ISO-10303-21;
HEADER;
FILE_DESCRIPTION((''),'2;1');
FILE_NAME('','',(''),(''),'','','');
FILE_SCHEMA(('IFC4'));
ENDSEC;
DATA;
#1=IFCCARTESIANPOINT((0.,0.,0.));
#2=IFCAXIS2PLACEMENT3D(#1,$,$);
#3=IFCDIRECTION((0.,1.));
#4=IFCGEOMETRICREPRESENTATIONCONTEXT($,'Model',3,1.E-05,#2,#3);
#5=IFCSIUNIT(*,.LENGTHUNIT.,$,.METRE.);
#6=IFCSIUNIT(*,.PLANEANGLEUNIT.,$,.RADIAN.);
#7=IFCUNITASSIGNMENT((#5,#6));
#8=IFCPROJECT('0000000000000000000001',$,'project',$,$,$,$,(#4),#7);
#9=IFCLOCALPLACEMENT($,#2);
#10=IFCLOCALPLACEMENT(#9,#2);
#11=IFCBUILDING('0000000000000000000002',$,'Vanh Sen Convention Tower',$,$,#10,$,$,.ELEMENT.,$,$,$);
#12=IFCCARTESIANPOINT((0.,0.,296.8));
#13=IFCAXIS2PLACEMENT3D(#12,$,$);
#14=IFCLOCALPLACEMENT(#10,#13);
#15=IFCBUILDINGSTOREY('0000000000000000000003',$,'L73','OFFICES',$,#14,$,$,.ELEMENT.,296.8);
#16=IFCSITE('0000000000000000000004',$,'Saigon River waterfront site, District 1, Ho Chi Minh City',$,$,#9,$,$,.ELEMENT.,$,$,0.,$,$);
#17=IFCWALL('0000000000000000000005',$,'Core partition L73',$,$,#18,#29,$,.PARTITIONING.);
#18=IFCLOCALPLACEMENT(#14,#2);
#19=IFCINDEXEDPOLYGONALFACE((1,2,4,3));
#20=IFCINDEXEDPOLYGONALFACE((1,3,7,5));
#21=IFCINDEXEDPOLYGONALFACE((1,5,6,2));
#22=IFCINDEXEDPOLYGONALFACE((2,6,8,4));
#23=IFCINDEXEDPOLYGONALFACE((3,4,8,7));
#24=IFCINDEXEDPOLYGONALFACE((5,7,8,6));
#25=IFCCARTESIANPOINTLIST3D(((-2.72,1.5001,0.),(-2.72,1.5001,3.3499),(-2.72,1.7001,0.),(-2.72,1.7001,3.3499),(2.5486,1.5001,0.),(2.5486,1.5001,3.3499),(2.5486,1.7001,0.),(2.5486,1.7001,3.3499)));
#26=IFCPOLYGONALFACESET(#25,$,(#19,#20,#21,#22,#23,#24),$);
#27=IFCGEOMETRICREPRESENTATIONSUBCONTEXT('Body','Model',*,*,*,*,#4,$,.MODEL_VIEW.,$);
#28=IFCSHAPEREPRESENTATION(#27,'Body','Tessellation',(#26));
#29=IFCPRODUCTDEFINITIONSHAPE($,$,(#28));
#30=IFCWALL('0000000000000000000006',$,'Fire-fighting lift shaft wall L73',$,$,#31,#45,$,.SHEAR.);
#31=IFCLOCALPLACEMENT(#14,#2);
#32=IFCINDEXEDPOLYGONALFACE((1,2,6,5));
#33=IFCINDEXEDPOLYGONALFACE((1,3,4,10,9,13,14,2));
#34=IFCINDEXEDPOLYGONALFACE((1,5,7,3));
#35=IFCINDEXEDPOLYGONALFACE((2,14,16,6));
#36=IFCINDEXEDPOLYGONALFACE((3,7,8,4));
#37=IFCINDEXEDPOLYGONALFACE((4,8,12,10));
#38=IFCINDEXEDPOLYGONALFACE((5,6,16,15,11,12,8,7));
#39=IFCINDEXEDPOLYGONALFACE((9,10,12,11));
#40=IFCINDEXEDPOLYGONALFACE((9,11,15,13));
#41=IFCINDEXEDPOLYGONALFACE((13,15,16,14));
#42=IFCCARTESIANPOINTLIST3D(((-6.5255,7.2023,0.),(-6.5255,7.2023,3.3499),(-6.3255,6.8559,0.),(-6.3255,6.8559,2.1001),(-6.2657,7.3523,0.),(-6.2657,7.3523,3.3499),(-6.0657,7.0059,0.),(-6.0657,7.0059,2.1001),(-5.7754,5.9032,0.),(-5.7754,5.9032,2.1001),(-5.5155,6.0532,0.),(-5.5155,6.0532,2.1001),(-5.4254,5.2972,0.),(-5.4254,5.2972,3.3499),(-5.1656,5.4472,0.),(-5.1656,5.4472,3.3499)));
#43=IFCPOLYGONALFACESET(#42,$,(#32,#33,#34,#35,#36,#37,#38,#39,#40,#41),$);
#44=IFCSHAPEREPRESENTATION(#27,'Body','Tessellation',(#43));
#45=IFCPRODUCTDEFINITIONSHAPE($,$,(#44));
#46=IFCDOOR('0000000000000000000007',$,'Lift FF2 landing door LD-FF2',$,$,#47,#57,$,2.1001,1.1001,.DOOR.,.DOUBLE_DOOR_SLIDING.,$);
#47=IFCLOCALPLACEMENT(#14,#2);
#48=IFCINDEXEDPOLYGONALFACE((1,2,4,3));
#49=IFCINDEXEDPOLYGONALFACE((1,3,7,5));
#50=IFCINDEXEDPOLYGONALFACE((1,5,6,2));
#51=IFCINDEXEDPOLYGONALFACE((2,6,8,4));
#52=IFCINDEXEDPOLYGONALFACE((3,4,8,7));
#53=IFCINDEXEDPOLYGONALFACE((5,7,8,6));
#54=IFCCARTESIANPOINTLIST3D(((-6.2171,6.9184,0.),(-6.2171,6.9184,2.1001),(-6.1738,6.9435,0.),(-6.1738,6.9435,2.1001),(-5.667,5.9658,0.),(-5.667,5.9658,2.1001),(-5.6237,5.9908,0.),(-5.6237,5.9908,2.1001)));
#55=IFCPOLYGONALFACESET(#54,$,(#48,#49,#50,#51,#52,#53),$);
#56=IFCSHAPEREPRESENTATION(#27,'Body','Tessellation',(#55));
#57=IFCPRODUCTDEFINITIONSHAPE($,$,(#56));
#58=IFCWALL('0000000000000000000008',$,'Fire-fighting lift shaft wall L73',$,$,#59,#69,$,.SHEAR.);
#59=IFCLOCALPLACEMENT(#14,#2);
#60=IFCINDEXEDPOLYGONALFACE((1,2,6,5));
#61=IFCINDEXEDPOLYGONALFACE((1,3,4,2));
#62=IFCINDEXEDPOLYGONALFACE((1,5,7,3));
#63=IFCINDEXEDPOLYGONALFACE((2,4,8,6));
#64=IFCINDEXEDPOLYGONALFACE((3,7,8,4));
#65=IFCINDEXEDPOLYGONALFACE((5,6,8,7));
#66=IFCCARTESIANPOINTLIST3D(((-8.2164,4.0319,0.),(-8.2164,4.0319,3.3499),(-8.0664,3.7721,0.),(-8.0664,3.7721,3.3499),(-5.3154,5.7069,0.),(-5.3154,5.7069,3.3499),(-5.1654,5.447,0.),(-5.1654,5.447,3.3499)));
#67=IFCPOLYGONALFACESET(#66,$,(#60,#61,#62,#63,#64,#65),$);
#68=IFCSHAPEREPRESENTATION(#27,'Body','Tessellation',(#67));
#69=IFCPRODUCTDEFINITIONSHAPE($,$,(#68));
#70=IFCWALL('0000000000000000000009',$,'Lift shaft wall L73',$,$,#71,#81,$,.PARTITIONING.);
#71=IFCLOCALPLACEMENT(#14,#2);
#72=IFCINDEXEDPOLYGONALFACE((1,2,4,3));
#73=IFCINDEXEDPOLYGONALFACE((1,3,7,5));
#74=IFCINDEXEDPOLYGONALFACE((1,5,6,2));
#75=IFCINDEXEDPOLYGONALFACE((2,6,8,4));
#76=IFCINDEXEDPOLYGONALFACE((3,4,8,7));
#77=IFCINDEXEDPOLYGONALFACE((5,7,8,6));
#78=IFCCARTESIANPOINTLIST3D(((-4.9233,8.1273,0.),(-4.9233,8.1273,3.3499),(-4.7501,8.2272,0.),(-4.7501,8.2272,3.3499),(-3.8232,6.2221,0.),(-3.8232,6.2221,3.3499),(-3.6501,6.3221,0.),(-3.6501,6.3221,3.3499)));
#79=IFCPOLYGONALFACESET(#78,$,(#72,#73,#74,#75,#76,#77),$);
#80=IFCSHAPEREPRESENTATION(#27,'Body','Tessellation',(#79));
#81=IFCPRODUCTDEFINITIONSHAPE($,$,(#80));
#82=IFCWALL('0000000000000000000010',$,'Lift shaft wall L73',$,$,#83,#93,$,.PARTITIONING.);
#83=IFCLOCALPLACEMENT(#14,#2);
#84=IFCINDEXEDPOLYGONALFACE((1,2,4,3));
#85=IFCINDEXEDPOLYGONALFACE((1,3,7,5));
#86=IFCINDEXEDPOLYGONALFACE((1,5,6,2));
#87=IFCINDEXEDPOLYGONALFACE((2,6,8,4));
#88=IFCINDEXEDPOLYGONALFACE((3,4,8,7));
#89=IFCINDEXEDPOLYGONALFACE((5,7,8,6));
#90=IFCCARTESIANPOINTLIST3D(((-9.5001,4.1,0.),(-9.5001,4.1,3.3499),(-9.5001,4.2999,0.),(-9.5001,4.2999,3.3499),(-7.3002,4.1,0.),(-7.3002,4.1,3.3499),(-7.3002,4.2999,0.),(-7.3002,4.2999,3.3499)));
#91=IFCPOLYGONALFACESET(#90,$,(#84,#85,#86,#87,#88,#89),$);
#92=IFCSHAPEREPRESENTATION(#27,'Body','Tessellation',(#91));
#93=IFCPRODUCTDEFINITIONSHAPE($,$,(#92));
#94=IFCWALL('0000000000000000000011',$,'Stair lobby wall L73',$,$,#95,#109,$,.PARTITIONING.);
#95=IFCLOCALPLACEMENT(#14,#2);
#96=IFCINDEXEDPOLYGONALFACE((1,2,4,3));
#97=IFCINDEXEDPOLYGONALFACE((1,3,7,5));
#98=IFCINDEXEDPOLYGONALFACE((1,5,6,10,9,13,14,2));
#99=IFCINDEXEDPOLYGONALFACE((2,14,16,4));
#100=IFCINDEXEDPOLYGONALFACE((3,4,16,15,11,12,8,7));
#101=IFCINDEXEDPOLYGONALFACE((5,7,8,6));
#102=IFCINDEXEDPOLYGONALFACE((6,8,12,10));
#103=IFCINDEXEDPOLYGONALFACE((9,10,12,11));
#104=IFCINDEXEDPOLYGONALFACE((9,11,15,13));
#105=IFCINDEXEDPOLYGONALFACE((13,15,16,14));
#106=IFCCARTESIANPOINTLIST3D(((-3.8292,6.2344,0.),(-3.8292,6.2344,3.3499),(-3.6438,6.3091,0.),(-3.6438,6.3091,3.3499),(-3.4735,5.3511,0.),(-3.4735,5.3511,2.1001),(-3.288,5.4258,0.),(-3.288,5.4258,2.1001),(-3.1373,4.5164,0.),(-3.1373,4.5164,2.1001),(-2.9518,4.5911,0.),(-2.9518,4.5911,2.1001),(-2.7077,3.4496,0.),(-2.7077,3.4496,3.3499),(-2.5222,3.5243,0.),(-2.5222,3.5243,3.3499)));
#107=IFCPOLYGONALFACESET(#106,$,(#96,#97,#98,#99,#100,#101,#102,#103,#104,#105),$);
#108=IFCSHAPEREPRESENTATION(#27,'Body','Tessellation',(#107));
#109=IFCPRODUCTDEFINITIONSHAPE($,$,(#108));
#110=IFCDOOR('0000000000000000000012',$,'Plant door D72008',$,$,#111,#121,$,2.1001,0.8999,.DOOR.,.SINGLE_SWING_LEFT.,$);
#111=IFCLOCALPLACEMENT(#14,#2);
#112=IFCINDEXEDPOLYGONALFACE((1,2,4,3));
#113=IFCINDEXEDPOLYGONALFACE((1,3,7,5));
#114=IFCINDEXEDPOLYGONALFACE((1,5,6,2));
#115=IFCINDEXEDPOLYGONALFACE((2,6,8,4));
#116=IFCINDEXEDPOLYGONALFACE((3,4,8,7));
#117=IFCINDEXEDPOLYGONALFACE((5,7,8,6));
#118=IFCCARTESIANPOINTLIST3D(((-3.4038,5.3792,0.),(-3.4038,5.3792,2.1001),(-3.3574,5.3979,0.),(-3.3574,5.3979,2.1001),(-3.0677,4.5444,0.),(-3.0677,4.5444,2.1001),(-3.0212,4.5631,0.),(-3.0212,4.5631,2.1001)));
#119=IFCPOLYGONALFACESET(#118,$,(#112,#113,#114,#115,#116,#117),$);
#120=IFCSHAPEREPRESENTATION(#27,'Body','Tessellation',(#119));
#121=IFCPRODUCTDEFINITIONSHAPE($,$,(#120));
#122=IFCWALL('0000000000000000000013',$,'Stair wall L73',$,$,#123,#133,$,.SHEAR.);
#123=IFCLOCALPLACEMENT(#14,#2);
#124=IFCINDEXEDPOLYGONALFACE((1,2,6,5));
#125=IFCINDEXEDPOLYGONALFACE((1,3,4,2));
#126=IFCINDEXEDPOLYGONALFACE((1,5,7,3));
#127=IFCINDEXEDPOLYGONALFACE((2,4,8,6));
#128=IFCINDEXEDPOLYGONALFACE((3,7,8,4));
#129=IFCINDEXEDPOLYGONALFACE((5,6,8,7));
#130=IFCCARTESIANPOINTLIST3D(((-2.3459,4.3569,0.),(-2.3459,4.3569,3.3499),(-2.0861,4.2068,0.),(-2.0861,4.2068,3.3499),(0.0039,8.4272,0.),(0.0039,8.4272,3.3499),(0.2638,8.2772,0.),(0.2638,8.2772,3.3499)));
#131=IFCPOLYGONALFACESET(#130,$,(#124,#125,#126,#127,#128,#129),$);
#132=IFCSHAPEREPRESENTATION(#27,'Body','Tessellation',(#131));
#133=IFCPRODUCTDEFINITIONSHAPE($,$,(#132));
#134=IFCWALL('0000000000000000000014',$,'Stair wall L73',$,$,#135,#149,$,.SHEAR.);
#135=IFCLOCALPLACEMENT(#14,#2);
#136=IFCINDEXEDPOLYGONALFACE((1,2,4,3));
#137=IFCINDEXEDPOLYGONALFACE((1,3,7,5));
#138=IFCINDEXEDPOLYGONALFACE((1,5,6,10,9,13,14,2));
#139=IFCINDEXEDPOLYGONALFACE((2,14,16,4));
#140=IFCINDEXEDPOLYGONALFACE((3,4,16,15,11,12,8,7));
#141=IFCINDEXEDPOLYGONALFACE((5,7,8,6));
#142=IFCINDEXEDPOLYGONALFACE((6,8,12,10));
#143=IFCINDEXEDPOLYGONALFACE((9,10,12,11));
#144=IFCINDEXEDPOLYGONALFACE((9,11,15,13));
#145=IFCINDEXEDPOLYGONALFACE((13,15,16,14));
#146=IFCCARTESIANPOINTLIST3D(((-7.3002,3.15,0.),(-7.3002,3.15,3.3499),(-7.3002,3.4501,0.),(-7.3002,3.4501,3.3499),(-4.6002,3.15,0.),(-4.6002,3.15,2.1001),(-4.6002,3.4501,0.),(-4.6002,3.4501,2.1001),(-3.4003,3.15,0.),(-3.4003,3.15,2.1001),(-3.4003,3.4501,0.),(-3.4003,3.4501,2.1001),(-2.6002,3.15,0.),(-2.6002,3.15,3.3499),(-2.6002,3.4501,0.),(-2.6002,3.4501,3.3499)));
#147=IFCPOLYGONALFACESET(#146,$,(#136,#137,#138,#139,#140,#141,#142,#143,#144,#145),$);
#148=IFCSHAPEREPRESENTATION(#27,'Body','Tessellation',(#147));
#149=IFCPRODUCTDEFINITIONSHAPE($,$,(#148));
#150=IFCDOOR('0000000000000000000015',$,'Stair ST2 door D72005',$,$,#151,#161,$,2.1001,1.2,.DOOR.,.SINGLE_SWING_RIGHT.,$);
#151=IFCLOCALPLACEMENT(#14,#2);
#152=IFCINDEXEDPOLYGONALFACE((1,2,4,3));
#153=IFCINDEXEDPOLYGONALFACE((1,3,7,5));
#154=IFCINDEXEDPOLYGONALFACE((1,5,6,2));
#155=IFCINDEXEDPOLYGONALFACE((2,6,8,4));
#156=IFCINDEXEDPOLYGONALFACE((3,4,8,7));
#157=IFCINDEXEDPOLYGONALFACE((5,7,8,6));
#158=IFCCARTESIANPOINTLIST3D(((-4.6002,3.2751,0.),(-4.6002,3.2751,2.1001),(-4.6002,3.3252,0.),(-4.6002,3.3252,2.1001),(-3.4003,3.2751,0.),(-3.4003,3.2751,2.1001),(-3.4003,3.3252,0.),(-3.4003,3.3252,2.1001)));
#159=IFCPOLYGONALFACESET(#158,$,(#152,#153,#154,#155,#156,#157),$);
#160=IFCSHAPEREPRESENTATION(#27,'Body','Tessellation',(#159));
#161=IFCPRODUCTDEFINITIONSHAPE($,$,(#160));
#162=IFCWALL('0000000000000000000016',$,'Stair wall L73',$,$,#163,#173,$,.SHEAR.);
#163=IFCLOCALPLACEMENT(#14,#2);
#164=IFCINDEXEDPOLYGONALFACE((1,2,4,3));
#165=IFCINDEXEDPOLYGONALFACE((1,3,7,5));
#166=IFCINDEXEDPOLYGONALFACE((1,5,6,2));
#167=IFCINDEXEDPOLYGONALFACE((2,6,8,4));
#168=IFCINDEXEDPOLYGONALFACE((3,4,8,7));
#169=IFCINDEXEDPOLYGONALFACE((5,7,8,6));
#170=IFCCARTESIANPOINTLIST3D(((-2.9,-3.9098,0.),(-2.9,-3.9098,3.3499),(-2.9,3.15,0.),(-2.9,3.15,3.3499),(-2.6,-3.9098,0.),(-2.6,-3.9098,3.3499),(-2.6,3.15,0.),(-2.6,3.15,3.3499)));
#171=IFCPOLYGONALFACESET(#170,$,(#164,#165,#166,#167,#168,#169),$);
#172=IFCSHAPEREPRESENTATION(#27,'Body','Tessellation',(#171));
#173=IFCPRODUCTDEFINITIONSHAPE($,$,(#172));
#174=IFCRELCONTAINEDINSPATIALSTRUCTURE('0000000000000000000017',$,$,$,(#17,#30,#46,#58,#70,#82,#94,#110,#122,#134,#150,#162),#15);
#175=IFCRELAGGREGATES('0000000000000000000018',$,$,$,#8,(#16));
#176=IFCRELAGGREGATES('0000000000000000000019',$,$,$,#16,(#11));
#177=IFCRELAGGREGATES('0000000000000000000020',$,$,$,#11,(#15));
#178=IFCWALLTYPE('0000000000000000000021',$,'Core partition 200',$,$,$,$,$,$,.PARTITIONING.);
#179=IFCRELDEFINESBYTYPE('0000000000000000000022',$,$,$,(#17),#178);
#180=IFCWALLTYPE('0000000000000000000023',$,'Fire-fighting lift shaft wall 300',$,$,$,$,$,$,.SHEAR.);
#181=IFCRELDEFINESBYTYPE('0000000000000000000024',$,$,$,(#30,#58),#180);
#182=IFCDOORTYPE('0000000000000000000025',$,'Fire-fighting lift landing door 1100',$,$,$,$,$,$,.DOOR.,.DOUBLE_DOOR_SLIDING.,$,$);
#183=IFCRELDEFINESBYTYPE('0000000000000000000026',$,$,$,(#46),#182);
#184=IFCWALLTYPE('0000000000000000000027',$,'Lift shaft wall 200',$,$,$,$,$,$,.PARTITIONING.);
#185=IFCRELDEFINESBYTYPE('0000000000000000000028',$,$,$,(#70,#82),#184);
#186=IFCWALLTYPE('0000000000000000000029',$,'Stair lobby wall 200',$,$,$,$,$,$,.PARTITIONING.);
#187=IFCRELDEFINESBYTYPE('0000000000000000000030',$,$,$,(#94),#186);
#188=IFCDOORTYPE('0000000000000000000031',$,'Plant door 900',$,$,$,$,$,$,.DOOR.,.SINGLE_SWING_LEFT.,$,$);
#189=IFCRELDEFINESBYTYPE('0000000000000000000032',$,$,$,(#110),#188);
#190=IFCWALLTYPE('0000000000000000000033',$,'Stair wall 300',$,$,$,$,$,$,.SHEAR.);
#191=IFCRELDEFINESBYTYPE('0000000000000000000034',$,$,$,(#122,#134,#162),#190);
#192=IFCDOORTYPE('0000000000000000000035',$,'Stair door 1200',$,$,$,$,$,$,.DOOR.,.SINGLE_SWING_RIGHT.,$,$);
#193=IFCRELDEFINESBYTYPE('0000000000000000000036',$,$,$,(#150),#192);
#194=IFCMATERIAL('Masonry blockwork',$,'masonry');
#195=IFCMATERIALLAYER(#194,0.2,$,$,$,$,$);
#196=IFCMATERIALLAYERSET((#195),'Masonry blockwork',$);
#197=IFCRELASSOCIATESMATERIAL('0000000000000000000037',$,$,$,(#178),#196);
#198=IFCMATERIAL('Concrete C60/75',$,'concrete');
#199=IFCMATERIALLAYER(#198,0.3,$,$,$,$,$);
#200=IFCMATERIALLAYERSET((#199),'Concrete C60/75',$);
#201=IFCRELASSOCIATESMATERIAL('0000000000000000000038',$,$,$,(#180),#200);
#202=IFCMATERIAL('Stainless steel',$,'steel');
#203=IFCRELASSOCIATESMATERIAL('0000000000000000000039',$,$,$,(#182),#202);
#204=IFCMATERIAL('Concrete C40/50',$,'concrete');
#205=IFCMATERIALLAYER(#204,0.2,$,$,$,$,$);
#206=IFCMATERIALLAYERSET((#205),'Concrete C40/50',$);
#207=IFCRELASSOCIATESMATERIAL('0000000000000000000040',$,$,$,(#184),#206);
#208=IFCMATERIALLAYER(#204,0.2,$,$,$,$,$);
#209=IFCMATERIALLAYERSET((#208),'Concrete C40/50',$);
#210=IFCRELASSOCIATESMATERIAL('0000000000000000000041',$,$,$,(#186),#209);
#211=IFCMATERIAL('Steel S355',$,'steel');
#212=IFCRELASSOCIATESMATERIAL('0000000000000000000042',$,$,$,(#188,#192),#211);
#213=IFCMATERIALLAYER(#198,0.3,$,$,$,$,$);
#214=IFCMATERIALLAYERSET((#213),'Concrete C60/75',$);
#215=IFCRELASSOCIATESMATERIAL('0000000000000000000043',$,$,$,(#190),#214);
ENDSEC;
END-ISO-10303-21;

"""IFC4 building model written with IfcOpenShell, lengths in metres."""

from ifc_helpers import new_model, si_unit, direction, frame, frame_2d, origin, place, context, subcontext, project, spatial, rectangle, extrude, material, layer, layer_set, type_object, element, fill, save


model = new_model("IFC4")

# Units and contexts
model_context = context("Model", 3, precision=1e-05, world=origin(), true_north=direction((0.0, 1.0)))
body_context = subcontext(model_context, "Body", "Model", "MODEL_VIEW")
ifc_project = project(units=[si_unit("LENGTHUNIT", "METRE"), si_unit("PLANEANGLEUNIT", "RADIAN")], contexts=[model_context])

# Site, building, storey
site_placement = place(None, origin())
site = spatial("IfcSite", under=ifc_project, at=site_placement, Name="Saigon River waterfront site, District 1, Ho Chi Minh City", CompositionType="ELEMENT", RefElevation=0.0)
building_placement = place(site_placement, origin())
building = spatial("IfcBuilding", under=site, at=building_placement, Name="Vanh Sen Convention Tower", CompositionType="ELEMENT")
storey_placement = place(building_placement, frame((0.0, 0.0, 296.8)))
storey = spatial("IfcBuildingStorey", under=building, at=storey_placement, Name="L73", Description="OFFICES", CompositionType="ELEMENT", Elevation=296.8)

# Wall
ifc_material_1 = material(Name="Masonry blockwork", Category="masonry")
ifc_layer_1 = layer(ifc_material_1, 0.2)
ifc_layer_set_1 = layer_set([ifc_layer_1], Name="Masonry blockwork")
wall_type_1 = type_object("IfcWallType", Name="Core partition 200", PredefinedType="PARTITIONING", material=ifc_layer_set_1)
wall_1_placement = place(storey_placement, frame((-2.72, 1.6001, 0.0), z_axis=(0.0, 0.0, 1.0), x_axis=(1.0, 0.0, 0.0)))
element("IfcWall", 1, at=wall_1_placement, inside=storey, type_object=wall_type_1, Name="Core partition L73", PredefinedType="PARTITIONING", context=body_context, shape_type="SweptSolid", body=[
    extrude(rectangle(XDim=5.2686, YDim=0.2, at=frame_2d((2.6343, 0.0))), origin(), (0.0, 0.0, 1.0), 3.3499),
])

# Wall, opening, door
ifc_material_2 = material(Name="Concrete C60/75", Category="concrete")
ifc_layer_2 = layer(ifc_material_2, 0.3)
ifc_layer_set_2 = layer_set([ifc_layer_2], Name="Concrete C60/75")
wall_type_2 = type_object("IfcWallType", Name="Fire-fighting lift shaft wall 300", PredefinedType="SHEAR", material=ifc_layer_set_2)
wall_2_placement = place(storey_placement, frame((-5.2954, 5.3721, 0.0), z_axis=(0.0, 0.0, 1.0), x_axis=(-0.500078, 0.86598, 0.0)))
wall_2 = element("IfcWall", 2, at=wall_2_placement, inside=storey, type_object=wall_type_2, Name="Fire-fighting lift shaft wall L73", PredefinedType="SHEAR", context=body_context, shape_type="SweptSolid", body=[
    extrude(rectangle(XDim=2.2, YDim=0.3, at=frame_2d((1.1001, 0.0))), origin(), (0.0, 0.0, 1.0), 3.3499),
])
opening_1_placement = place(wall_2_placement, frame((0.7, 0.0, 0.0)))
opening_1 = element("IfcOpeningElement", 3, at=opening_1_placement, cuts=wall_2, PredefinedType="OPENING", context=body_context, shape_type="SweptSolid", body=[
    extrude(rectangle(XDim=1.1001, YDim=2.1001, at=frame_2d((0.55, 1.05))), frame((0.0, 0.1599, 0.0), z_axis=(0.0, -1.0, 0.0), x_axis=(1.0, 0.0, 0.0)), (0.0, 0.0, 1.0), 0.3201),
])
ifc_material_3 = material(Name="Stainless steel", Category="steel")
door_type_1 = type_object("IfcDoorType", Name="Fire-fighting lift landing door 1100", OperationType="DOUBLE_DOOR_SLIDING", PredefinedType="DOOR", material=ifc_material_3)
door_1_placement = place(opening_1_placement, origin())
door_1 = element("IfcDoor", 4, at=door_1_placement, inside=storey, type_object=door_type_1, Name="Lift FF2 landing door LD-FF2", OperationType="DOUBLE_DOOR_SLIDING", OverallHeight=2.1001, OverallWidth=1.1001, PredefinedType="DOOR", context=body_context, shape_type="SweptSolid", body=[
    extrude(rectangle(XDim=1.1001, YDim=2.1001, at=frame_2d((0.55, 1.05))), frame((0.0, 0.0249, 0.0), z_axis=(0.0, -1.0, 0.0), x_axis=(1.0, 0.0, 0.0)), (0.0, 0.0, 1.0), 0.05),
])
fill(opening_1, door_1)

# Walls
wall_3_placement = place(storey_placement, frame((-5.2405, 5.5769, 0.0), z_axis=(0.0, 0.0, 1.0), x_axis=(-0.866014, -0.500019, 0.0)))
element("IfcWall", 5, at=wall_3_placement, inside=storey, type_object=wall_type_2, Name="Fire-fighting lift shaft wall L73", PredefinedType="SHEAR", context=body_context, shape_type="SweptSolid", body=[
    extrude(rectangle(XDim=3.3499, YDim=0.3, at=frame_2d((1.6748, 0.0))), origin(), (0.0, 0.0, 1.0), 3.3499),
])
ifc_material_4 = material(Name="Concrete C40/50", Category="concrete")
ifc_layer_3 = layer(ifc_material_4, 0.2)
ifc_layer_set_3 = layer_set([ifc_layer_3], Name="Concrete C40/50")
wall_type_3 = type_object("IfcWallType", Name="Lift shaft wall 200", PredefinedType="PARTITIONING", material=ifc_layer_set_3)
for number, where, z_axis, x_axis, name in (
    (6, (-3.7366, 6.272, 0.0), (0.0, 0.0, 1.0), (-0.50003, 0.866008, 0.0), "Lift shaft wall L73"),
    (7, (-7.3, 4.2, 0.0), (0.0, 0.0, 1.0), (-1.0, 0.0, 0.0), "Lift shaft wall L73"),
):
    element("IfcWall", number, at=place(storey_placement, frame(where, z_axis=z_axis, x_axis=x_axis)), inside=storey, type_object=wall_type_3, Name=name, PredefinedType="PARTITIONING", context=body_context, shape_type="SweptSolid", body=[
        extrude(rectangle(XDim=2.2, YDim=0.2, at=frame_2d((1.1001, 0.0))), origin(), (0.0, 0.0, 1.0), 3.3499),
    ])

# Wall, opening, door
ifc_layer_4 = layer(ifc_material_4, 0.2)
ifc_layer_set_4 = layer_set([ifc_layer_4], Name="Concrete C40/50")
wall_type_4 = type_object("IfcWallType", Name="Stair lobby wall 200", PredefinedType="PARTITIONING", material=ifc_layer_set_4)
wall_4_placement = place(storey_placement, frame((-2.615, 3.4871, 0.0), z_axis=(0.0, 0.0, 1.0), x_axis=(-0.373577, 0.927599, 0.0)))
wall_4 = element("IfcWall", 8, at=wall_4_placement, inside=storey, type_object=wall_type_4, Name="Stair lobby wall L73", PredefinedType="PARTITIONING", context=body_context, shape_type="SweptSolid", body=[
    extrude(rectangle(XDim=3.0022, YDim=0.2, at=frame_2d((1.501, 0.0))), origin(), (0.0, 0.0, 1.0), 3.3499),
])
opening_2_placement = place(wall_4_placement, frame((1.1499, 0.0, 0.0)))
opening_2 = element("IfcOpeningElement", 9, at=opening_2_placement, cuts=wall_4, PredefinedType="OPENING", context=body_context, shape_type="SweptSolid", body=[
    extrude(rectangle(XDim=0.8999, YDim=2.1001, at=frame_2d((0.45, 1.05))), frame((0.0, 0.1099, 0.0), z_axis=(0.0, -1.0, 0.0), x_axis=(1.0, 0.0, 0.0)), (0.0, 0.0, 1.0), 0.22),
])
ifc_material_5 = material(Name="Steel S355", Category="steel")
door_type_2 = type_object("IfcDoorType", Name="Plant door 900", OperationType="SINGLE_SWING_LEFT", PredefinedType="DOOR", material=ifc_material_5)
door_2_placement = place(opening_2_placement, origin())
door_2 = element("IfcDoor", 10, at=door_2_placement, inside=storey, type_object=door_type_2, Name="Plant door D72008", OperationType="SINGLE_SWING_LEFT", OverallHeight=2.1001, OverallWidth=0.8999, PredefinedType="DOOR", context=body_context, shape_type="SweptSolid", body=[
    extrude(rectangle(XDim=0.8999, YDim=2.1001, at=frame_2d((0.45, 1.05))), frame((0.0, 0.0249, 0.0), z_axis=(0.0, -1.0, 0.0), x_axis=(1.0, 0.0, 0.0)), (0.0, 0.0, 1.0), 0.05),
])
fill(opening_2, door_2)

# Wall
ifc_layer_5 = layer(ifc_material_2, 0.3)
ifc_layer_set_5 = layer_set([ifc_layer_5], Name="Concrete C60/75")
wall_type_5 = type_object("IfcWallType", Name="Stair wall 300", PredefinedType="SHEAR", material=ifc_layer_set_5)
wall_5_placement = place(storey_placement, frame((-2.2161, 4.2817, 0.0), z_axis=(0.0, 0.0, 1.0), x_axis=(0.499977, 0.866039, 0.0)))
element("IfcWall", 11, at=wall_5_placement, inside=storey, type_object=wall_type_5, Name="Stair wall L73", PredefinedType="SHEAR", context=body_context, shape_type="SweptSolid", body=[
    extrude(rectangle(XDim=4.7, YDim=0.3, at=frame_2d((2.3501, 0.0))), origin(), (0.0, 0.0, 1.0), 3.3499),
])

# Wall, opening, door
wall_6_placement = place(storey_placement, frame((-2.6001, 3.3, 0.0), z_axis=(0.0, 0.0, 1.0), x_axis=(-1.0, 0.0, 0.0)))
wall_6 = element("IfcWall", 12, at=wall_6_placement, inside=storey, type_object=wall_type_5, Name="Stair wall L73", PredefinedType="SHEAR", context=body_context, shape_type="SweptSolid", body=[
    extrude(rectangle(XDim=4.7, YDim=0.3, at=frame_2d((2.3501, 0.0))), origin(), (0.0, 0.0, 1.0), 3.3499),
])
opening_3_placement = place(wall_6_placement, frame((0.8, 0.0, 0.0)))
opening_3 = element("IfcOpeningElement", 13, at=opening_3_placement, cuts=wall_6, PredefinedType="OPENING", context=body_context, shape_type="SweptSolid", body=[
    extrude(rectangle(XDim=1.2, YDim=2.1001, at=frame_2d((0.6001, 1.05))), frame((0.0, 0.1599, 0.0), z_axis=(0.0, -1.0, 0.0), x_axis=(1.0, 0.0, 0.0)), (0.0, 0.0, 1.0), 0.3201),
])
door_type_3 = type_object("IfcDoorType", Name="Stair door 1200", OperationType="SINGLE_SWING_RIGHT", PredefinedType="DOOR", material=ifc_material_5)
door_3_placement = place(opening_3_placement, origin())
door_3 = element("IfcDoor", 14, at=door_3_placement, inside=storey, type_object=door_type_3, Name="Stair ST2 door D72005", OperationType="SINGLE_SWING_RIGHT", OverallHeight=2.1001, OverallWidth=1.2, PredefinedType="DOOR", context=body_context, shape_type="SweptSolid", body=[
    extrude(rectangle(XDim=1.2, YDim=2.1001, at=frame_2d((0.6001, 1.05))), frame((0.0, 0.0249, 0.0), z_axis=(0.0, -1.0, 0.0), x_axis=(1.0, 0.0, 0.0)), (0.0, 0.0, 1.0), 0.05),
])
fill(opening_3, door_3)

# Wall
for number, where, z_axis, x_axis, name in (
    (15, (-2.75, 3.1499, 0.0), (0.0, 0.0, 1.0), (0.0, -1.0, 0.0), "Stair wall L73"),
):
    element("IfcWall", number, at=place(storey_placement, frame(where, z_axis=z_axis, x_axis=x_axis)), inside=storey, type_object=wall_type_5, Name=name, PredefinedType="SHEAR", context=body_context, shape_type="SweptSolid", body=[
        extrude(rectangle(XDim=7.0598, YDim=0.3, at=frame_2d((3.5298, 0.0))), origin(), (0.0, 0.0, 1.0), 3.3499),
    ])

save(model, "model.ifc")
